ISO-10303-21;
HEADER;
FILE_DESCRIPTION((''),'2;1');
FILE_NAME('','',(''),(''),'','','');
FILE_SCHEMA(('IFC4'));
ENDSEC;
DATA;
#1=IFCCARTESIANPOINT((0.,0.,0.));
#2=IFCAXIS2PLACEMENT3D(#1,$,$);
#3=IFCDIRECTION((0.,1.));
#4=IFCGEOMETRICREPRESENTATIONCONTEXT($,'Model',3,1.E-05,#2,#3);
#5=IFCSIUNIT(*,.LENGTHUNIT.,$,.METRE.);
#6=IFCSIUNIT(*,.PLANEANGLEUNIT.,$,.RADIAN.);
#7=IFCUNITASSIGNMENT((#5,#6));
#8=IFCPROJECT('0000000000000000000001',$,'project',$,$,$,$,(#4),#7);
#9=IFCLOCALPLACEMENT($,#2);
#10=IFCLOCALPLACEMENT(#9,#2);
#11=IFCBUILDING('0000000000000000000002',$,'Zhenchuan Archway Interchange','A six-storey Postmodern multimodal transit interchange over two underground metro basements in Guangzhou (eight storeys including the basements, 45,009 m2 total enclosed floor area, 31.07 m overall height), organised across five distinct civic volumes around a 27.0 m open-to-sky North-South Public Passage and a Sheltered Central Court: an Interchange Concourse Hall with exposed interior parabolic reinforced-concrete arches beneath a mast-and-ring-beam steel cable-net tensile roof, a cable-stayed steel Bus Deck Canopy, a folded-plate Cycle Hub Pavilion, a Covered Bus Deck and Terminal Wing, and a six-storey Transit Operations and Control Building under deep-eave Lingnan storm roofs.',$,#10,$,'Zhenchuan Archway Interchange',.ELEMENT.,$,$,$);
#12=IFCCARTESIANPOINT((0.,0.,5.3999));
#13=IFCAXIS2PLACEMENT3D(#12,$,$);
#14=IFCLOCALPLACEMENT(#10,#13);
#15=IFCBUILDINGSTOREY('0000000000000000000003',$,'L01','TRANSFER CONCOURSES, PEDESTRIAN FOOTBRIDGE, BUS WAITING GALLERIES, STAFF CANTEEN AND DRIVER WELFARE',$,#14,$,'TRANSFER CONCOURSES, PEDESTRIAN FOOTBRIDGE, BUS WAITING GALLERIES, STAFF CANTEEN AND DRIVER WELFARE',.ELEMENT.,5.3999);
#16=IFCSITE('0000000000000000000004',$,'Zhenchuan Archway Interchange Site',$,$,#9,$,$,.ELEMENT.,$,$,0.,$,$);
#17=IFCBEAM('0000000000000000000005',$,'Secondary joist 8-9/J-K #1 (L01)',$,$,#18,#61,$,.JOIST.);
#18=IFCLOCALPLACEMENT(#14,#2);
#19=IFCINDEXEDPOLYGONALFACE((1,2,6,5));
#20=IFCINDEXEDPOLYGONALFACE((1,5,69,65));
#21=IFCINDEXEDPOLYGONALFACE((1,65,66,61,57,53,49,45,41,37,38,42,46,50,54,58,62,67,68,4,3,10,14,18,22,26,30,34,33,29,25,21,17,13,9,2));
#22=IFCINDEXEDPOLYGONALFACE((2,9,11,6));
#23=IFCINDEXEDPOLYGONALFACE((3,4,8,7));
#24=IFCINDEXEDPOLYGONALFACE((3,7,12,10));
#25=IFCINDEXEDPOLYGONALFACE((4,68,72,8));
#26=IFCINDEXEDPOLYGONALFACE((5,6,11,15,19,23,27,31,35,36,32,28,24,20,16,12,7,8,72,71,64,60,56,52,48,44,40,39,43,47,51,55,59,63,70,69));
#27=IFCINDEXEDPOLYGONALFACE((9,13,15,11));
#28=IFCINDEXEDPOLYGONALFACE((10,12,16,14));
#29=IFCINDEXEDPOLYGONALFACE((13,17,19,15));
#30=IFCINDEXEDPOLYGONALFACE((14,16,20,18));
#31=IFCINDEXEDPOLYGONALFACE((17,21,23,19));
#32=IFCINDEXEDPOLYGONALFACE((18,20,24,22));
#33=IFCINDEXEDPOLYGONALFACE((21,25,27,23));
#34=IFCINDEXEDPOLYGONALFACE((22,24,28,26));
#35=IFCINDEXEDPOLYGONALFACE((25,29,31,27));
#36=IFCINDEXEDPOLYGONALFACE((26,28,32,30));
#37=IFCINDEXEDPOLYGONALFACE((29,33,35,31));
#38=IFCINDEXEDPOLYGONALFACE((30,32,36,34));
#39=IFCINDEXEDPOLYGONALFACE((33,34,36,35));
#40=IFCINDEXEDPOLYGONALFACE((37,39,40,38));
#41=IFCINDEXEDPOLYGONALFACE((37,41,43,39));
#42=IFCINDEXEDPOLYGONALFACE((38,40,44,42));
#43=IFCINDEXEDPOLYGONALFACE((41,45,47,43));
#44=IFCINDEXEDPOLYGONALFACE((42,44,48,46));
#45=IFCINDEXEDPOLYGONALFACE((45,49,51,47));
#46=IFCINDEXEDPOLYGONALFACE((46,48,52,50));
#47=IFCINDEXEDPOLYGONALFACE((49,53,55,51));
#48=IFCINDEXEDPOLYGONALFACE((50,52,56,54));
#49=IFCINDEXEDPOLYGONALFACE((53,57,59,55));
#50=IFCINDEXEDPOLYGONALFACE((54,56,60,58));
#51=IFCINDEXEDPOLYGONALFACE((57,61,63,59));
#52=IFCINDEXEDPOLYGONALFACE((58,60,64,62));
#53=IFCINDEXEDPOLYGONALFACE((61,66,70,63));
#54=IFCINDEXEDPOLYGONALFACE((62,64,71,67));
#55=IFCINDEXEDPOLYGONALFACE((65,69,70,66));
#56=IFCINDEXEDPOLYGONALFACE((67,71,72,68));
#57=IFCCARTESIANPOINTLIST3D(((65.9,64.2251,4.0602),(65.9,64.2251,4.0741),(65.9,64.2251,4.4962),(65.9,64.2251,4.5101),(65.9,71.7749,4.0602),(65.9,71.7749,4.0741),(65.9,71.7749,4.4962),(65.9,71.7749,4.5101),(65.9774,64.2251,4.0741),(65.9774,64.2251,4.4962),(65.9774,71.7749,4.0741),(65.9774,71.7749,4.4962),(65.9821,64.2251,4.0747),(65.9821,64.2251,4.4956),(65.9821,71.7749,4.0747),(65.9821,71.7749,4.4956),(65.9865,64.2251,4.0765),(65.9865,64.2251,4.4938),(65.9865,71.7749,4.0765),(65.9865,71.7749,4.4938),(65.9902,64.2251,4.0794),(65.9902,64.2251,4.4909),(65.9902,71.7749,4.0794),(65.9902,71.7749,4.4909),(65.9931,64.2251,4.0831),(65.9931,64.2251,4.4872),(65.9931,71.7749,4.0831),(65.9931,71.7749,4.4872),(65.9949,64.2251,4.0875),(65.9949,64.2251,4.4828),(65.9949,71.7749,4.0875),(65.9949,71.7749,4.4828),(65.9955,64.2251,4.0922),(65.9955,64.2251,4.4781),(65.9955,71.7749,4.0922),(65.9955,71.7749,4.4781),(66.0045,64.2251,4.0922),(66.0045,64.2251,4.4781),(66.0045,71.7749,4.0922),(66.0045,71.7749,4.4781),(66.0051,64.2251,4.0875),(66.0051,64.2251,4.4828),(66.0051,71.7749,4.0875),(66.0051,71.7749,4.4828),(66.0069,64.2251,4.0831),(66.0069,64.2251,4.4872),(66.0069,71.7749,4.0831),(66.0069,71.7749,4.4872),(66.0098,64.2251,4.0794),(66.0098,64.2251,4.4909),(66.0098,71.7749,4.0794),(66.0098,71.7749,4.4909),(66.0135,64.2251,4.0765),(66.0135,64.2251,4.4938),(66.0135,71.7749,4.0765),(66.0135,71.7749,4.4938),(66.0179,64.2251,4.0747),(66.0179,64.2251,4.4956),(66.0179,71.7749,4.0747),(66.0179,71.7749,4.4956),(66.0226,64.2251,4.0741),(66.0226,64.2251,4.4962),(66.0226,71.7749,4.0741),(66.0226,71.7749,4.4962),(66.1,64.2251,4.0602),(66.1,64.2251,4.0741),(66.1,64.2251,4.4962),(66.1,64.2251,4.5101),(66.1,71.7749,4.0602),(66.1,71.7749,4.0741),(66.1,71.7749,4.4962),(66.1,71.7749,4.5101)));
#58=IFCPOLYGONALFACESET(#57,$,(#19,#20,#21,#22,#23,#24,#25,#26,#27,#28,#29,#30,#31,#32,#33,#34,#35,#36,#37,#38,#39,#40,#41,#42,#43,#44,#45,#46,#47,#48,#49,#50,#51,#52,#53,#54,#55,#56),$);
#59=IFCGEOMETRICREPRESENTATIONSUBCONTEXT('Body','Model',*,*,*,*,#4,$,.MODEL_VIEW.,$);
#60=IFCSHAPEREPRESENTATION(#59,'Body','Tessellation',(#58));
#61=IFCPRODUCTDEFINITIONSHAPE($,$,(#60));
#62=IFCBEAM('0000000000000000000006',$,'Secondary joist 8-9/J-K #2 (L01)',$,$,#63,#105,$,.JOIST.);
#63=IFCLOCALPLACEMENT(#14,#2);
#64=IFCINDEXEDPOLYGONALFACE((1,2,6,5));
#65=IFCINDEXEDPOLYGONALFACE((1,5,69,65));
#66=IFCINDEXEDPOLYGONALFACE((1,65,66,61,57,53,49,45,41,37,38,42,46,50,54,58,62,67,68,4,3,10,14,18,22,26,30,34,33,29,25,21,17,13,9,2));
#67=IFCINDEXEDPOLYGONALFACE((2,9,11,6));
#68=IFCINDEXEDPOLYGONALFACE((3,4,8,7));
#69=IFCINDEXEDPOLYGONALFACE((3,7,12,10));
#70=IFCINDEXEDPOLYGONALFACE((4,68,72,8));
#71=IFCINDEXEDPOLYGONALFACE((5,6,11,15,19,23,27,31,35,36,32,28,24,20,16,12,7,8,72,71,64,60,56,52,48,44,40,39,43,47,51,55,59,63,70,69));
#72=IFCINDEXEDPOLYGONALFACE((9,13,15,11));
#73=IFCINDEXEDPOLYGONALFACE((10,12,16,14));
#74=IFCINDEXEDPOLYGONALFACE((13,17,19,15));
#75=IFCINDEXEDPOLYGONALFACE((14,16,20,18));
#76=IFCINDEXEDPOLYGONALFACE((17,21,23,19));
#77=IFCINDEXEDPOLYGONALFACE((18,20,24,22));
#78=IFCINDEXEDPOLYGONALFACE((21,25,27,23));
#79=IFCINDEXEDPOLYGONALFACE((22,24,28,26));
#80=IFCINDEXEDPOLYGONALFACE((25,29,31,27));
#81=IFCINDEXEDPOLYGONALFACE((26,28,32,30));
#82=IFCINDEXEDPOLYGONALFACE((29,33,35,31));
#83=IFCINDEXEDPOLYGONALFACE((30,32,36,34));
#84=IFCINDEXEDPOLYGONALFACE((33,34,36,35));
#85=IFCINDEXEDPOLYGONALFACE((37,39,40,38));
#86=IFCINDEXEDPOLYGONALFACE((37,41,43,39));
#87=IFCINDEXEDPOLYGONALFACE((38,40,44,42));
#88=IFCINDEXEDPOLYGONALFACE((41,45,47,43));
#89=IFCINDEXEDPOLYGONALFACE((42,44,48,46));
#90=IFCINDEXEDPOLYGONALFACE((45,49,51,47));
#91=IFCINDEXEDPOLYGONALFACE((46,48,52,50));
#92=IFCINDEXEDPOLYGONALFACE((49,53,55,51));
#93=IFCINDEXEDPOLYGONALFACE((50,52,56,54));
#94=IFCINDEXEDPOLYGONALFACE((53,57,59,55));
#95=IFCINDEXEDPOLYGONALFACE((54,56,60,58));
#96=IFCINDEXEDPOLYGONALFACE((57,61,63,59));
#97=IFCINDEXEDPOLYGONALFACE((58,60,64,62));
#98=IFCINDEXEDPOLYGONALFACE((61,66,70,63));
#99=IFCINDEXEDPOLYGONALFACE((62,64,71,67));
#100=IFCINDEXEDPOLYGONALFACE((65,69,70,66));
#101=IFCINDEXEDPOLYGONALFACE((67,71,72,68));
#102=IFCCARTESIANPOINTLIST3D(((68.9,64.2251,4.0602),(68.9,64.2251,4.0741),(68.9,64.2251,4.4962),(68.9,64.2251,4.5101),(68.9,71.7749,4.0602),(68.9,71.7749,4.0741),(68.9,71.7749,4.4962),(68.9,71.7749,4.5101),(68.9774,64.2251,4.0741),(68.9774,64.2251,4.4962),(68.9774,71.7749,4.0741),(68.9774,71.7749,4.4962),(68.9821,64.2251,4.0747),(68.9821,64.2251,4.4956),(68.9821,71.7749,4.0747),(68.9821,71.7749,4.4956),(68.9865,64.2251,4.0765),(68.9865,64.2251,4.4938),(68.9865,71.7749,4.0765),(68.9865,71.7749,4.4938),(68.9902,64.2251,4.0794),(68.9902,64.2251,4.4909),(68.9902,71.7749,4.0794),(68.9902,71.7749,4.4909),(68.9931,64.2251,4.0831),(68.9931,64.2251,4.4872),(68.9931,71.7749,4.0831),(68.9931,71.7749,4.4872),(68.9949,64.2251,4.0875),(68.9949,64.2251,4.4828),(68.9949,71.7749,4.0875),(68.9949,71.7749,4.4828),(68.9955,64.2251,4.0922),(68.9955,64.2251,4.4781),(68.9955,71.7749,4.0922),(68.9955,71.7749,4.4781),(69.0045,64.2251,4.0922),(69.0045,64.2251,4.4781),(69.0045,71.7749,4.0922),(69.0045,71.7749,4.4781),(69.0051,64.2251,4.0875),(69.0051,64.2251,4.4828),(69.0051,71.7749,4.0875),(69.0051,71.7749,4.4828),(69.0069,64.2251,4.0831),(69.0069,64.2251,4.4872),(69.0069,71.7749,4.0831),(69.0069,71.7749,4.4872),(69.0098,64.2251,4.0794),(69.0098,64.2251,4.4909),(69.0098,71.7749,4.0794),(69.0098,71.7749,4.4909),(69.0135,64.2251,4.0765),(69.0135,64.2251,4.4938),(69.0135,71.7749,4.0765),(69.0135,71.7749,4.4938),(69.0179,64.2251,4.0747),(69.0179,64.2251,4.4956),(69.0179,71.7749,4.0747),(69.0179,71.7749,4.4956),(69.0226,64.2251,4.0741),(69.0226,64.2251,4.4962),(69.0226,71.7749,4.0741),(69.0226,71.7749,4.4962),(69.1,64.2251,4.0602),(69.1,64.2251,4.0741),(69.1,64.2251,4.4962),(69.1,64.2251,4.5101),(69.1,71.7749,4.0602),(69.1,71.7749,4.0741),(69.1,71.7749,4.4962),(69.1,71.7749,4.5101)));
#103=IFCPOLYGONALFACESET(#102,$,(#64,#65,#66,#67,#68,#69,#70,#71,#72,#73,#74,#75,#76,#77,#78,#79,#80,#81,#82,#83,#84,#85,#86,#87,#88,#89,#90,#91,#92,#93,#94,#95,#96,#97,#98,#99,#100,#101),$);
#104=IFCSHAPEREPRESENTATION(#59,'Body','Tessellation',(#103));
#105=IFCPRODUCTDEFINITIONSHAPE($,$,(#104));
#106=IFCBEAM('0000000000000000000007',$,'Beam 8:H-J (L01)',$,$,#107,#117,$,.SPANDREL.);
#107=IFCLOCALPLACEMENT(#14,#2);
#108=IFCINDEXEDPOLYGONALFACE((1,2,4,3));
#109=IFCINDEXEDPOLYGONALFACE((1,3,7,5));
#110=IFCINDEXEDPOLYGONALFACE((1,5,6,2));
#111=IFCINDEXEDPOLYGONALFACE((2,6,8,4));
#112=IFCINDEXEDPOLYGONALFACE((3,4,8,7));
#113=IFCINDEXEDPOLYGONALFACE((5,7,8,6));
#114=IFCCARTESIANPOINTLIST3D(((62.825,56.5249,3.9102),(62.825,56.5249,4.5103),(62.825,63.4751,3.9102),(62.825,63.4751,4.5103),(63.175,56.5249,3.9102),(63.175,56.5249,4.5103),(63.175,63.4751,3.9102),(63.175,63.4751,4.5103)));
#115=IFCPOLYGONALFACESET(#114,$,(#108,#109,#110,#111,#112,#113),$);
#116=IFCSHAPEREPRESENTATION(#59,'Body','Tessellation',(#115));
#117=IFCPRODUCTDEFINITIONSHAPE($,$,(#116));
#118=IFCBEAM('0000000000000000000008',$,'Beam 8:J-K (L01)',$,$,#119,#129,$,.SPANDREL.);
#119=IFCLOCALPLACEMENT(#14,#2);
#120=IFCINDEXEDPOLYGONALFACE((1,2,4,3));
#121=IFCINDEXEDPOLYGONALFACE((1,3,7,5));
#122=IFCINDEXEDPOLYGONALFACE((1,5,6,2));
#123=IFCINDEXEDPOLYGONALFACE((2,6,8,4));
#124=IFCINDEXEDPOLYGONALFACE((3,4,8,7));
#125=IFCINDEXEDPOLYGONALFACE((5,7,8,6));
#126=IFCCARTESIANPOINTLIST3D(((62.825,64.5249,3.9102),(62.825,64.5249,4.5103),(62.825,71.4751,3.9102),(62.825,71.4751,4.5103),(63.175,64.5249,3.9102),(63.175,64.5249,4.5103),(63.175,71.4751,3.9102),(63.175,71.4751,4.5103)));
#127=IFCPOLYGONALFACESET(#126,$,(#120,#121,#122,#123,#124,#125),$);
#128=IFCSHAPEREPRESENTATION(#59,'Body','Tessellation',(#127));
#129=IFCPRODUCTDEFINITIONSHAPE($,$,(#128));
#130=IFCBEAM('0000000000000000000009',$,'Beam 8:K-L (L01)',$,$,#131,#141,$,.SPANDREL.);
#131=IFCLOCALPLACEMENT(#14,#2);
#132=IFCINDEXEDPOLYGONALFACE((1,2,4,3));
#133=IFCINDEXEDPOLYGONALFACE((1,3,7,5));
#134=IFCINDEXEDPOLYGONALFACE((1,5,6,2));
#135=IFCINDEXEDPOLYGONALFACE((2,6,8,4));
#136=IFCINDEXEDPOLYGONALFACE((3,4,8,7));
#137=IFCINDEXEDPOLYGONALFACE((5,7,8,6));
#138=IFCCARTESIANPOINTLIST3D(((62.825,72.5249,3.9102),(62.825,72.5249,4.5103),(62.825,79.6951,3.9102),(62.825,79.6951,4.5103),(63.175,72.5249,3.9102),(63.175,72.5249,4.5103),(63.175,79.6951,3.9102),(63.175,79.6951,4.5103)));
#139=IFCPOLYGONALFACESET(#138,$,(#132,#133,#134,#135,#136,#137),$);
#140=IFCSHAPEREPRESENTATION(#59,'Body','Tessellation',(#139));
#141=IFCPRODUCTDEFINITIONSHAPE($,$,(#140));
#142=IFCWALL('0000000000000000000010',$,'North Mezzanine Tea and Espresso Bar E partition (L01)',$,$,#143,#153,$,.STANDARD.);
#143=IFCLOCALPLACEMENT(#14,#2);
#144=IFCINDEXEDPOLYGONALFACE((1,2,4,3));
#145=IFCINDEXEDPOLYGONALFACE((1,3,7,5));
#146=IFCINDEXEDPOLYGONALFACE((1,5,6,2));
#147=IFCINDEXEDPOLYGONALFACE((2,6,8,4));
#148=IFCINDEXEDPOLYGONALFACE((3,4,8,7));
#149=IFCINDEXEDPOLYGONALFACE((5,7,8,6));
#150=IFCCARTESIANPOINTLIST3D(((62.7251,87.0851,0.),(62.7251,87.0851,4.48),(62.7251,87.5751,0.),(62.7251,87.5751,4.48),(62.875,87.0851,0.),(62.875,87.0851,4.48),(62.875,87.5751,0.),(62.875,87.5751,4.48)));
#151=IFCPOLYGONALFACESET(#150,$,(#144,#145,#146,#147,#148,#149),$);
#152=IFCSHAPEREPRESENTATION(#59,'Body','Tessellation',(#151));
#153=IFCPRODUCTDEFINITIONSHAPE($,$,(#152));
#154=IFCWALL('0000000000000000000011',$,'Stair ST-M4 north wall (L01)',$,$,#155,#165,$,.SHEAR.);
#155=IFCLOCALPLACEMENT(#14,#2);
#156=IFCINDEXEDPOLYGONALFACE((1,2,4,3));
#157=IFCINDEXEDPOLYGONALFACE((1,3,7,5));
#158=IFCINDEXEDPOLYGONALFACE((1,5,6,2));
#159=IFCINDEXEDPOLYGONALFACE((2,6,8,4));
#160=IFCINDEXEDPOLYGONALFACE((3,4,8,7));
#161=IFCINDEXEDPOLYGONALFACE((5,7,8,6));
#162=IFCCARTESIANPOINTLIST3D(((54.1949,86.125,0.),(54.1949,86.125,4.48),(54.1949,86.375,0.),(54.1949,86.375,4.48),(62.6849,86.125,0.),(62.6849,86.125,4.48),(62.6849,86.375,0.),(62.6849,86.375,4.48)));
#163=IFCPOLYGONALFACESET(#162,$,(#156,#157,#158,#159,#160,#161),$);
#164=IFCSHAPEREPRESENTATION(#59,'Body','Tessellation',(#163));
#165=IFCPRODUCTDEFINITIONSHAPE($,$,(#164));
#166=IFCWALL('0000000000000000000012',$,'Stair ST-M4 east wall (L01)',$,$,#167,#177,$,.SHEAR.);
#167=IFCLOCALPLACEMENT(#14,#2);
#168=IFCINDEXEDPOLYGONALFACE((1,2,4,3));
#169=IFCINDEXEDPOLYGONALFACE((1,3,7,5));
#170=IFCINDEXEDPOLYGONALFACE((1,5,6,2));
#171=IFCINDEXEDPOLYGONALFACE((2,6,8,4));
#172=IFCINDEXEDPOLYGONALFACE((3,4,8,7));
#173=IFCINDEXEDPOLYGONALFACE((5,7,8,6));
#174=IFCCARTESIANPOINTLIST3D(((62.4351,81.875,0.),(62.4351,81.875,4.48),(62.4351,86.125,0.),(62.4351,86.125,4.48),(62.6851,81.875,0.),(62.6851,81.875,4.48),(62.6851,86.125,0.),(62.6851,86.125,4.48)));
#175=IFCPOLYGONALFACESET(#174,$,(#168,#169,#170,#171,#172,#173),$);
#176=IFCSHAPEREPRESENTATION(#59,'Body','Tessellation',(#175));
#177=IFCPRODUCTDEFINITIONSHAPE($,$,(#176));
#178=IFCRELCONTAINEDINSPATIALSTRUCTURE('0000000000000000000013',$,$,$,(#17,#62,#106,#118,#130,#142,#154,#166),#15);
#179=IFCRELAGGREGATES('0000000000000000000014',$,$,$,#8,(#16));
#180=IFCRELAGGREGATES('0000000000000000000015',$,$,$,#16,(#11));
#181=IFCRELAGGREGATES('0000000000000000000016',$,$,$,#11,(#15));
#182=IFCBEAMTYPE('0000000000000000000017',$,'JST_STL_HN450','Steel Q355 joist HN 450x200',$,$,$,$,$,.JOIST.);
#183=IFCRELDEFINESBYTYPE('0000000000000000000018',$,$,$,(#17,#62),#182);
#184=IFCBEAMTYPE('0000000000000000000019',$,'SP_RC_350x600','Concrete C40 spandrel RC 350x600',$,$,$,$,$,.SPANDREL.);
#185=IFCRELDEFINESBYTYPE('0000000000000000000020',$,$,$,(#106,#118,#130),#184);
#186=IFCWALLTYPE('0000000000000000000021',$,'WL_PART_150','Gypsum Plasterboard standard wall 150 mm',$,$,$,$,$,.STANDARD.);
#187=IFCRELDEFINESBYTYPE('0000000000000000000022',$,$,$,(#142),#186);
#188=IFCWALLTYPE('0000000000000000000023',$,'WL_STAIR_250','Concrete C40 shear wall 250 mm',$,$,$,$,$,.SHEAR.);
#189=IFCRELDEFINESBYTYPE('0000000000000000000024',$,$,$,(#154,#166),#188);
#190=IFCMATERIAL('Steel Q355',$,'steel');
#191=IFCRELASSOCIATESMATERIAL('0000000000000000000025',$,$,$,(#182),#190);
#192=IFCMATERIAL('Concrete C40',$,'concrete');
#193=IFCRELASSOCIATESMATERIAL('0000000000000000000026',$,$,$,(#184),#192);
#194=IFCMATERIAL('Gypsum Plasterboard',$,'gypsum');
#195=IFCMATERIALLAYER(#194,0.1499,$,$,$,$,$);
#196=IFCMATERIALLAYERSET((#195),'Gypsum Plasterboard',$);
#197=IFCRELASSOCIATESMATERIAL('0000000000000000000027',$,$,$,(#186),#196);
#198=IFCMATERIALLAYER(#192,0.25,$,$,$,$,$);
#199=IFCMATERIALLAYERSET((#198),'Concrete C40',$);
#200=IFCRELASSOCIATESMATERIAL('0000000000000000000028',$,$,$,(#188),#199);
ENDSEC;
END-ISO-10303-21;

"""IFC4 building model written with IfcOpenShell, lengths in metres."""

from ifc_helpers import new_model, si_unit, direction, frame, frame_2d, origin, origin_2d, place, context, subcontext, project, spatial, rectangle, i_section, extrude, material, layer, layer_set, material_profile, profile_set, type_object, element, save


model = new_model("IFC4")

# Units and contexts
model_context = context("Model", 3, precision=1e-05, world=origin(), true_north=direction((0.0, 1.0)))
body_context = subcontext(model_context, "Body", "Model", "MODEL_VIEW")
ifc_project = project(units=[si_unit("LENGTHUNIT", "METRE"), si_unit("PLANEANGLEUNIT", "RADIAN")], contexts=[model_context])

# Site, building, storey
site_placement = place(None, origin())
site = spatial("IfcSite", under=ifc_project, at=site_placement, Name="Zhenchuan Archway Interchange Site", CompositionType="ELEMENT", RefElevation=0.0)
building_placement = place(site_placement, origin())
building = spatial("IfcBuilding", under=site, at=building_placement, Name="Zhenchuan Archway Interchange", Description="A six-storey Postmodern multimodal transit interchange over two underground metro basements in Guangzhou (eight storeys including the basements, 45,009 m2 total enclosed floor area, 31.07 m overall height), organised across five distinct civic volumes around a 27.0 m open-to-sky North-South Public Passage and a Sheltered Central Court: an Interchange Concourse Hall with exposed interior parabolic reinforced-concrete arches beneath a mast-and-ring-beam steel cable-net tensile roof, a cable-stayed steel Bus Deck Canopy, a folded-plate Cycle Hub Pavilion, a Covered Bus Deck and Terminal Wing, and a six-storey Transit Operations and Control Building under deep-eave Lingnan storm roofs.", LongName="Zhenchuan Archway Interchange", CompositionType="ELEMENT")
storey_placement = place(building_placement, frame((0.0, 0.0, 5.3999)))
storey = spatial("IfcBuildingStorey", under=building, at=storey_placement, Name="L01", Description="TRANSFER CONCOURSES, PEDESTRIAN FOOTBRIDGE, BUS WAITING GALLERIES, STAFF CANTEEN AND DRIVER WELFARE", LongName="TRANSFER CONCOURSES, PEDESTRIAN FOOTBRIDGE, BUS WAITING GALLERIES, STAFF CANTEEN AND DRIVER WELFARE", CompositionType="ELEMENT", Elevation=5.3999)

# Beams
ifc_material_1 = material(Name="Concrete C40", Category="concrete")
ifc_material_2 = material(Name="Steel Q355", Category="steel")
ifc_material_profile_1 = material_profile(ifc_material_2, i_section(OverallWidth=0.2, OverallDepth=0.45, WebThickness=0.009, FlangeThickness=0.0139, FilletRadius=0.0181, at=origin_2d()), Name="HN 450x200")
ifc_profile_set_1 = profile_set([ifc_material_profile_1], Name="Steel Q355")
beam_type_1 = type_object("IfcBeamType", Name="JST_STL_HN450", Description="Steel Q355 joist HN 450x200", PredefinedType="JOIST", material=ifc_profile_set_1)
for number, where, z_axis, x_axis, name in (
    (1, (66.0, 64.2251, 4.2852), (0.0, 1.0, 0.0), (-1.0, 0.0, 0.0), "Secondary joist 8-9/J-K #1 (L01)"),
    (2, (69.0, 64.2251, 4.2852), (0.0, 1.0, 0.0), (-1.0, 0.0, 0.0), "Secondary joist 8-9/J-K #2 (L01)"),
):
    element("IfcBeam", number, at=place(storey_placement, frame(where, z_axis=z_axis, x_axis=x_axis)), inside=storey, type_object=beam_type_1, Name=name, PredefinedType="JOIST", context=body_context, shape_type="SweptSolid", body=[
        extrude(i_section(OverallWidth=0.2, OverallDepth=0.45, WebThickness=0.009, FlangeThickness=0.0139, FilletRadius=0.0181, at=origin_2d()), origin(), (0.0, 0.0, 1.0), 7.5498),
    ])
ifc_material_profile_2 = material_profile(ifc_material_1, rectangle(XDim=0.3501, YDim=0.6001, at=origin_2d()), Name="RC 350x600")
ifc_profile_set_2 = profile_set([ifc_material_profile_2], Name="Concrete C40")
beam_type_2 = type_object("IfcBeamType", Name="SP_RC_350x600", Description="Concrete C40 spandrel RC 350x600", PredefinedType="SPANDREL", material=ifc_profile_set_2)
for number, where, z_axis, x_axis, name in (
    (3, (63.0, 56.5249, 4.2102), (0.0, 1.0, 0.0), (-1.0, 0.0, 0.0), "Beam 8:H-J (L01)"),
    (4, (63.0, 64.5249, 4.2102), (0.0, 1.0, 0.0), (-1.0, 0.0, 0.0), "Beam 8:J-K (L01)"),
):
    element("IfcBeam", number, at=place(storey_placement, frame(where, z_axis=z_axis, x_axis=x_axis)), inside=storey, type_object=beam_type_2, Name=name, PredefinedType="SPANDREL", context=body_context, shape_type="SweptSolid", body=[
        extrude(rectangle(XDim=0.3501, YDim=0.6001, at=origin_2d()), origin(), (0.0, 0.0, 1.0), 6.9502),
    ])
beam_1_placement = place(storey_placement, frame((63.0, 72.5249, 4.2102), z_axis=(0.0, 1.0, 0.0), x_axis=(-1.0, 0.0, 0.0)))
element("IfcBeam", 5, at=beam_1_placement, inside=storey, type_object=beam_type_2, Name="Beam 8:K-L (L01)", PredefinedType="SPANDREL", context=body_context, shape_type="SweptSolid", body=[
    extrude(rectangle(XDim=0.3501, YDim=0.6001, at=origin_2d()), origin(), (0.0, 0.0, 1.0), 7.1702),
])

# Walls
ifc_material_3 = material(Name="Gypsum Plasterboard", Category="gypsum")
ifc_layer_1 = layer(ifc_material_3, 0.1499)
ifc_layer_set_1 = layer_set([ifc_layer_1], Name="Gypsum Plasterboard")
wall_type_1 = type_object("IfcWallType", Name="WL_PART_150", Description="Gypsum Plasterboard standard wall 150 mm", PredefinedType="STANDARD", material=ifc_layer_set_1)
wall_1_placement = place(storey_placement, frame((62.8, 87.085, 0.0), z_axis=(0.0, 0.0, 1.0), x_axis=(0.0, 1.0, 0.0)))
element("IfcWall", 6, at=wall_1_placement, inside=storey, type_object=wall_type_1, Name="North Mezzanine Tea and Espresso Bar E partition (L01)", PredefinedType="STANDARD", context=body_context, shape_type="SweptSolid", body=[
    extrude(rectangle(XDim=0.49, YDim=0.1499, at=frame_2d((0.2451, 0.0))), origin(), (0.0, 0.0, 1.0), 4.48),
])
ifc_layer_2 = layer(ifc_material_1, 0.25)
ifc_layer_set_2 = layer_set([ifc_layer_2], Name="Concrete C40")
wall_type_2 = type_object("IfcWallType", Name="WL_STAIR_250", Description="Concrete C40 shear wall 250 mm", PredefinedType="SHEAR", material=ifc_layer_set_2)
wall_2_placement = place(storey_placement, frame((62.6851, 86.25, 0.0), z_axis=(0.0, 0.0, 1.0), x_axis=(-1.0, 0.0, 0.0)))
element("IfcWall", 7, at=wall_2_placement, inside=storey, type_object=wall_type_2, Name="Stair ST-M4 north wall (L01)", PredefinedType="SHEAR", context=body_context, shape_type="SweptSolid", body=[
    extrude(rectangle(XDim=8.49, YDim=0.25, at=frame_2d((4.2451, 0.0))), origin(), (0.0, 0.0, 1.0), 4.48),
])
wall_3_placement = place(storey_placement, frame((62.5601, 81.875, 0.0), z_axis=(0.0, 0.0, 1.0), x_axis=(0.0, 1.0, 0.0)))
element("IfcWall", 8, at=wall_3_placement, inside=storey, type_object=wall_type_2, Name="Stair ST-M4 east wall (L01)", PredefinedType="SHEAR", context=body_context, shape_type="SweptSolid", body=[
    extrude(rectangle(XDim=4.25, YDim=0.25, at=frame_2d((2.125, 0.0))), origin(), (0.0, 0.0, 1.0), 4.48),
])

save(model, "model.ifc")
